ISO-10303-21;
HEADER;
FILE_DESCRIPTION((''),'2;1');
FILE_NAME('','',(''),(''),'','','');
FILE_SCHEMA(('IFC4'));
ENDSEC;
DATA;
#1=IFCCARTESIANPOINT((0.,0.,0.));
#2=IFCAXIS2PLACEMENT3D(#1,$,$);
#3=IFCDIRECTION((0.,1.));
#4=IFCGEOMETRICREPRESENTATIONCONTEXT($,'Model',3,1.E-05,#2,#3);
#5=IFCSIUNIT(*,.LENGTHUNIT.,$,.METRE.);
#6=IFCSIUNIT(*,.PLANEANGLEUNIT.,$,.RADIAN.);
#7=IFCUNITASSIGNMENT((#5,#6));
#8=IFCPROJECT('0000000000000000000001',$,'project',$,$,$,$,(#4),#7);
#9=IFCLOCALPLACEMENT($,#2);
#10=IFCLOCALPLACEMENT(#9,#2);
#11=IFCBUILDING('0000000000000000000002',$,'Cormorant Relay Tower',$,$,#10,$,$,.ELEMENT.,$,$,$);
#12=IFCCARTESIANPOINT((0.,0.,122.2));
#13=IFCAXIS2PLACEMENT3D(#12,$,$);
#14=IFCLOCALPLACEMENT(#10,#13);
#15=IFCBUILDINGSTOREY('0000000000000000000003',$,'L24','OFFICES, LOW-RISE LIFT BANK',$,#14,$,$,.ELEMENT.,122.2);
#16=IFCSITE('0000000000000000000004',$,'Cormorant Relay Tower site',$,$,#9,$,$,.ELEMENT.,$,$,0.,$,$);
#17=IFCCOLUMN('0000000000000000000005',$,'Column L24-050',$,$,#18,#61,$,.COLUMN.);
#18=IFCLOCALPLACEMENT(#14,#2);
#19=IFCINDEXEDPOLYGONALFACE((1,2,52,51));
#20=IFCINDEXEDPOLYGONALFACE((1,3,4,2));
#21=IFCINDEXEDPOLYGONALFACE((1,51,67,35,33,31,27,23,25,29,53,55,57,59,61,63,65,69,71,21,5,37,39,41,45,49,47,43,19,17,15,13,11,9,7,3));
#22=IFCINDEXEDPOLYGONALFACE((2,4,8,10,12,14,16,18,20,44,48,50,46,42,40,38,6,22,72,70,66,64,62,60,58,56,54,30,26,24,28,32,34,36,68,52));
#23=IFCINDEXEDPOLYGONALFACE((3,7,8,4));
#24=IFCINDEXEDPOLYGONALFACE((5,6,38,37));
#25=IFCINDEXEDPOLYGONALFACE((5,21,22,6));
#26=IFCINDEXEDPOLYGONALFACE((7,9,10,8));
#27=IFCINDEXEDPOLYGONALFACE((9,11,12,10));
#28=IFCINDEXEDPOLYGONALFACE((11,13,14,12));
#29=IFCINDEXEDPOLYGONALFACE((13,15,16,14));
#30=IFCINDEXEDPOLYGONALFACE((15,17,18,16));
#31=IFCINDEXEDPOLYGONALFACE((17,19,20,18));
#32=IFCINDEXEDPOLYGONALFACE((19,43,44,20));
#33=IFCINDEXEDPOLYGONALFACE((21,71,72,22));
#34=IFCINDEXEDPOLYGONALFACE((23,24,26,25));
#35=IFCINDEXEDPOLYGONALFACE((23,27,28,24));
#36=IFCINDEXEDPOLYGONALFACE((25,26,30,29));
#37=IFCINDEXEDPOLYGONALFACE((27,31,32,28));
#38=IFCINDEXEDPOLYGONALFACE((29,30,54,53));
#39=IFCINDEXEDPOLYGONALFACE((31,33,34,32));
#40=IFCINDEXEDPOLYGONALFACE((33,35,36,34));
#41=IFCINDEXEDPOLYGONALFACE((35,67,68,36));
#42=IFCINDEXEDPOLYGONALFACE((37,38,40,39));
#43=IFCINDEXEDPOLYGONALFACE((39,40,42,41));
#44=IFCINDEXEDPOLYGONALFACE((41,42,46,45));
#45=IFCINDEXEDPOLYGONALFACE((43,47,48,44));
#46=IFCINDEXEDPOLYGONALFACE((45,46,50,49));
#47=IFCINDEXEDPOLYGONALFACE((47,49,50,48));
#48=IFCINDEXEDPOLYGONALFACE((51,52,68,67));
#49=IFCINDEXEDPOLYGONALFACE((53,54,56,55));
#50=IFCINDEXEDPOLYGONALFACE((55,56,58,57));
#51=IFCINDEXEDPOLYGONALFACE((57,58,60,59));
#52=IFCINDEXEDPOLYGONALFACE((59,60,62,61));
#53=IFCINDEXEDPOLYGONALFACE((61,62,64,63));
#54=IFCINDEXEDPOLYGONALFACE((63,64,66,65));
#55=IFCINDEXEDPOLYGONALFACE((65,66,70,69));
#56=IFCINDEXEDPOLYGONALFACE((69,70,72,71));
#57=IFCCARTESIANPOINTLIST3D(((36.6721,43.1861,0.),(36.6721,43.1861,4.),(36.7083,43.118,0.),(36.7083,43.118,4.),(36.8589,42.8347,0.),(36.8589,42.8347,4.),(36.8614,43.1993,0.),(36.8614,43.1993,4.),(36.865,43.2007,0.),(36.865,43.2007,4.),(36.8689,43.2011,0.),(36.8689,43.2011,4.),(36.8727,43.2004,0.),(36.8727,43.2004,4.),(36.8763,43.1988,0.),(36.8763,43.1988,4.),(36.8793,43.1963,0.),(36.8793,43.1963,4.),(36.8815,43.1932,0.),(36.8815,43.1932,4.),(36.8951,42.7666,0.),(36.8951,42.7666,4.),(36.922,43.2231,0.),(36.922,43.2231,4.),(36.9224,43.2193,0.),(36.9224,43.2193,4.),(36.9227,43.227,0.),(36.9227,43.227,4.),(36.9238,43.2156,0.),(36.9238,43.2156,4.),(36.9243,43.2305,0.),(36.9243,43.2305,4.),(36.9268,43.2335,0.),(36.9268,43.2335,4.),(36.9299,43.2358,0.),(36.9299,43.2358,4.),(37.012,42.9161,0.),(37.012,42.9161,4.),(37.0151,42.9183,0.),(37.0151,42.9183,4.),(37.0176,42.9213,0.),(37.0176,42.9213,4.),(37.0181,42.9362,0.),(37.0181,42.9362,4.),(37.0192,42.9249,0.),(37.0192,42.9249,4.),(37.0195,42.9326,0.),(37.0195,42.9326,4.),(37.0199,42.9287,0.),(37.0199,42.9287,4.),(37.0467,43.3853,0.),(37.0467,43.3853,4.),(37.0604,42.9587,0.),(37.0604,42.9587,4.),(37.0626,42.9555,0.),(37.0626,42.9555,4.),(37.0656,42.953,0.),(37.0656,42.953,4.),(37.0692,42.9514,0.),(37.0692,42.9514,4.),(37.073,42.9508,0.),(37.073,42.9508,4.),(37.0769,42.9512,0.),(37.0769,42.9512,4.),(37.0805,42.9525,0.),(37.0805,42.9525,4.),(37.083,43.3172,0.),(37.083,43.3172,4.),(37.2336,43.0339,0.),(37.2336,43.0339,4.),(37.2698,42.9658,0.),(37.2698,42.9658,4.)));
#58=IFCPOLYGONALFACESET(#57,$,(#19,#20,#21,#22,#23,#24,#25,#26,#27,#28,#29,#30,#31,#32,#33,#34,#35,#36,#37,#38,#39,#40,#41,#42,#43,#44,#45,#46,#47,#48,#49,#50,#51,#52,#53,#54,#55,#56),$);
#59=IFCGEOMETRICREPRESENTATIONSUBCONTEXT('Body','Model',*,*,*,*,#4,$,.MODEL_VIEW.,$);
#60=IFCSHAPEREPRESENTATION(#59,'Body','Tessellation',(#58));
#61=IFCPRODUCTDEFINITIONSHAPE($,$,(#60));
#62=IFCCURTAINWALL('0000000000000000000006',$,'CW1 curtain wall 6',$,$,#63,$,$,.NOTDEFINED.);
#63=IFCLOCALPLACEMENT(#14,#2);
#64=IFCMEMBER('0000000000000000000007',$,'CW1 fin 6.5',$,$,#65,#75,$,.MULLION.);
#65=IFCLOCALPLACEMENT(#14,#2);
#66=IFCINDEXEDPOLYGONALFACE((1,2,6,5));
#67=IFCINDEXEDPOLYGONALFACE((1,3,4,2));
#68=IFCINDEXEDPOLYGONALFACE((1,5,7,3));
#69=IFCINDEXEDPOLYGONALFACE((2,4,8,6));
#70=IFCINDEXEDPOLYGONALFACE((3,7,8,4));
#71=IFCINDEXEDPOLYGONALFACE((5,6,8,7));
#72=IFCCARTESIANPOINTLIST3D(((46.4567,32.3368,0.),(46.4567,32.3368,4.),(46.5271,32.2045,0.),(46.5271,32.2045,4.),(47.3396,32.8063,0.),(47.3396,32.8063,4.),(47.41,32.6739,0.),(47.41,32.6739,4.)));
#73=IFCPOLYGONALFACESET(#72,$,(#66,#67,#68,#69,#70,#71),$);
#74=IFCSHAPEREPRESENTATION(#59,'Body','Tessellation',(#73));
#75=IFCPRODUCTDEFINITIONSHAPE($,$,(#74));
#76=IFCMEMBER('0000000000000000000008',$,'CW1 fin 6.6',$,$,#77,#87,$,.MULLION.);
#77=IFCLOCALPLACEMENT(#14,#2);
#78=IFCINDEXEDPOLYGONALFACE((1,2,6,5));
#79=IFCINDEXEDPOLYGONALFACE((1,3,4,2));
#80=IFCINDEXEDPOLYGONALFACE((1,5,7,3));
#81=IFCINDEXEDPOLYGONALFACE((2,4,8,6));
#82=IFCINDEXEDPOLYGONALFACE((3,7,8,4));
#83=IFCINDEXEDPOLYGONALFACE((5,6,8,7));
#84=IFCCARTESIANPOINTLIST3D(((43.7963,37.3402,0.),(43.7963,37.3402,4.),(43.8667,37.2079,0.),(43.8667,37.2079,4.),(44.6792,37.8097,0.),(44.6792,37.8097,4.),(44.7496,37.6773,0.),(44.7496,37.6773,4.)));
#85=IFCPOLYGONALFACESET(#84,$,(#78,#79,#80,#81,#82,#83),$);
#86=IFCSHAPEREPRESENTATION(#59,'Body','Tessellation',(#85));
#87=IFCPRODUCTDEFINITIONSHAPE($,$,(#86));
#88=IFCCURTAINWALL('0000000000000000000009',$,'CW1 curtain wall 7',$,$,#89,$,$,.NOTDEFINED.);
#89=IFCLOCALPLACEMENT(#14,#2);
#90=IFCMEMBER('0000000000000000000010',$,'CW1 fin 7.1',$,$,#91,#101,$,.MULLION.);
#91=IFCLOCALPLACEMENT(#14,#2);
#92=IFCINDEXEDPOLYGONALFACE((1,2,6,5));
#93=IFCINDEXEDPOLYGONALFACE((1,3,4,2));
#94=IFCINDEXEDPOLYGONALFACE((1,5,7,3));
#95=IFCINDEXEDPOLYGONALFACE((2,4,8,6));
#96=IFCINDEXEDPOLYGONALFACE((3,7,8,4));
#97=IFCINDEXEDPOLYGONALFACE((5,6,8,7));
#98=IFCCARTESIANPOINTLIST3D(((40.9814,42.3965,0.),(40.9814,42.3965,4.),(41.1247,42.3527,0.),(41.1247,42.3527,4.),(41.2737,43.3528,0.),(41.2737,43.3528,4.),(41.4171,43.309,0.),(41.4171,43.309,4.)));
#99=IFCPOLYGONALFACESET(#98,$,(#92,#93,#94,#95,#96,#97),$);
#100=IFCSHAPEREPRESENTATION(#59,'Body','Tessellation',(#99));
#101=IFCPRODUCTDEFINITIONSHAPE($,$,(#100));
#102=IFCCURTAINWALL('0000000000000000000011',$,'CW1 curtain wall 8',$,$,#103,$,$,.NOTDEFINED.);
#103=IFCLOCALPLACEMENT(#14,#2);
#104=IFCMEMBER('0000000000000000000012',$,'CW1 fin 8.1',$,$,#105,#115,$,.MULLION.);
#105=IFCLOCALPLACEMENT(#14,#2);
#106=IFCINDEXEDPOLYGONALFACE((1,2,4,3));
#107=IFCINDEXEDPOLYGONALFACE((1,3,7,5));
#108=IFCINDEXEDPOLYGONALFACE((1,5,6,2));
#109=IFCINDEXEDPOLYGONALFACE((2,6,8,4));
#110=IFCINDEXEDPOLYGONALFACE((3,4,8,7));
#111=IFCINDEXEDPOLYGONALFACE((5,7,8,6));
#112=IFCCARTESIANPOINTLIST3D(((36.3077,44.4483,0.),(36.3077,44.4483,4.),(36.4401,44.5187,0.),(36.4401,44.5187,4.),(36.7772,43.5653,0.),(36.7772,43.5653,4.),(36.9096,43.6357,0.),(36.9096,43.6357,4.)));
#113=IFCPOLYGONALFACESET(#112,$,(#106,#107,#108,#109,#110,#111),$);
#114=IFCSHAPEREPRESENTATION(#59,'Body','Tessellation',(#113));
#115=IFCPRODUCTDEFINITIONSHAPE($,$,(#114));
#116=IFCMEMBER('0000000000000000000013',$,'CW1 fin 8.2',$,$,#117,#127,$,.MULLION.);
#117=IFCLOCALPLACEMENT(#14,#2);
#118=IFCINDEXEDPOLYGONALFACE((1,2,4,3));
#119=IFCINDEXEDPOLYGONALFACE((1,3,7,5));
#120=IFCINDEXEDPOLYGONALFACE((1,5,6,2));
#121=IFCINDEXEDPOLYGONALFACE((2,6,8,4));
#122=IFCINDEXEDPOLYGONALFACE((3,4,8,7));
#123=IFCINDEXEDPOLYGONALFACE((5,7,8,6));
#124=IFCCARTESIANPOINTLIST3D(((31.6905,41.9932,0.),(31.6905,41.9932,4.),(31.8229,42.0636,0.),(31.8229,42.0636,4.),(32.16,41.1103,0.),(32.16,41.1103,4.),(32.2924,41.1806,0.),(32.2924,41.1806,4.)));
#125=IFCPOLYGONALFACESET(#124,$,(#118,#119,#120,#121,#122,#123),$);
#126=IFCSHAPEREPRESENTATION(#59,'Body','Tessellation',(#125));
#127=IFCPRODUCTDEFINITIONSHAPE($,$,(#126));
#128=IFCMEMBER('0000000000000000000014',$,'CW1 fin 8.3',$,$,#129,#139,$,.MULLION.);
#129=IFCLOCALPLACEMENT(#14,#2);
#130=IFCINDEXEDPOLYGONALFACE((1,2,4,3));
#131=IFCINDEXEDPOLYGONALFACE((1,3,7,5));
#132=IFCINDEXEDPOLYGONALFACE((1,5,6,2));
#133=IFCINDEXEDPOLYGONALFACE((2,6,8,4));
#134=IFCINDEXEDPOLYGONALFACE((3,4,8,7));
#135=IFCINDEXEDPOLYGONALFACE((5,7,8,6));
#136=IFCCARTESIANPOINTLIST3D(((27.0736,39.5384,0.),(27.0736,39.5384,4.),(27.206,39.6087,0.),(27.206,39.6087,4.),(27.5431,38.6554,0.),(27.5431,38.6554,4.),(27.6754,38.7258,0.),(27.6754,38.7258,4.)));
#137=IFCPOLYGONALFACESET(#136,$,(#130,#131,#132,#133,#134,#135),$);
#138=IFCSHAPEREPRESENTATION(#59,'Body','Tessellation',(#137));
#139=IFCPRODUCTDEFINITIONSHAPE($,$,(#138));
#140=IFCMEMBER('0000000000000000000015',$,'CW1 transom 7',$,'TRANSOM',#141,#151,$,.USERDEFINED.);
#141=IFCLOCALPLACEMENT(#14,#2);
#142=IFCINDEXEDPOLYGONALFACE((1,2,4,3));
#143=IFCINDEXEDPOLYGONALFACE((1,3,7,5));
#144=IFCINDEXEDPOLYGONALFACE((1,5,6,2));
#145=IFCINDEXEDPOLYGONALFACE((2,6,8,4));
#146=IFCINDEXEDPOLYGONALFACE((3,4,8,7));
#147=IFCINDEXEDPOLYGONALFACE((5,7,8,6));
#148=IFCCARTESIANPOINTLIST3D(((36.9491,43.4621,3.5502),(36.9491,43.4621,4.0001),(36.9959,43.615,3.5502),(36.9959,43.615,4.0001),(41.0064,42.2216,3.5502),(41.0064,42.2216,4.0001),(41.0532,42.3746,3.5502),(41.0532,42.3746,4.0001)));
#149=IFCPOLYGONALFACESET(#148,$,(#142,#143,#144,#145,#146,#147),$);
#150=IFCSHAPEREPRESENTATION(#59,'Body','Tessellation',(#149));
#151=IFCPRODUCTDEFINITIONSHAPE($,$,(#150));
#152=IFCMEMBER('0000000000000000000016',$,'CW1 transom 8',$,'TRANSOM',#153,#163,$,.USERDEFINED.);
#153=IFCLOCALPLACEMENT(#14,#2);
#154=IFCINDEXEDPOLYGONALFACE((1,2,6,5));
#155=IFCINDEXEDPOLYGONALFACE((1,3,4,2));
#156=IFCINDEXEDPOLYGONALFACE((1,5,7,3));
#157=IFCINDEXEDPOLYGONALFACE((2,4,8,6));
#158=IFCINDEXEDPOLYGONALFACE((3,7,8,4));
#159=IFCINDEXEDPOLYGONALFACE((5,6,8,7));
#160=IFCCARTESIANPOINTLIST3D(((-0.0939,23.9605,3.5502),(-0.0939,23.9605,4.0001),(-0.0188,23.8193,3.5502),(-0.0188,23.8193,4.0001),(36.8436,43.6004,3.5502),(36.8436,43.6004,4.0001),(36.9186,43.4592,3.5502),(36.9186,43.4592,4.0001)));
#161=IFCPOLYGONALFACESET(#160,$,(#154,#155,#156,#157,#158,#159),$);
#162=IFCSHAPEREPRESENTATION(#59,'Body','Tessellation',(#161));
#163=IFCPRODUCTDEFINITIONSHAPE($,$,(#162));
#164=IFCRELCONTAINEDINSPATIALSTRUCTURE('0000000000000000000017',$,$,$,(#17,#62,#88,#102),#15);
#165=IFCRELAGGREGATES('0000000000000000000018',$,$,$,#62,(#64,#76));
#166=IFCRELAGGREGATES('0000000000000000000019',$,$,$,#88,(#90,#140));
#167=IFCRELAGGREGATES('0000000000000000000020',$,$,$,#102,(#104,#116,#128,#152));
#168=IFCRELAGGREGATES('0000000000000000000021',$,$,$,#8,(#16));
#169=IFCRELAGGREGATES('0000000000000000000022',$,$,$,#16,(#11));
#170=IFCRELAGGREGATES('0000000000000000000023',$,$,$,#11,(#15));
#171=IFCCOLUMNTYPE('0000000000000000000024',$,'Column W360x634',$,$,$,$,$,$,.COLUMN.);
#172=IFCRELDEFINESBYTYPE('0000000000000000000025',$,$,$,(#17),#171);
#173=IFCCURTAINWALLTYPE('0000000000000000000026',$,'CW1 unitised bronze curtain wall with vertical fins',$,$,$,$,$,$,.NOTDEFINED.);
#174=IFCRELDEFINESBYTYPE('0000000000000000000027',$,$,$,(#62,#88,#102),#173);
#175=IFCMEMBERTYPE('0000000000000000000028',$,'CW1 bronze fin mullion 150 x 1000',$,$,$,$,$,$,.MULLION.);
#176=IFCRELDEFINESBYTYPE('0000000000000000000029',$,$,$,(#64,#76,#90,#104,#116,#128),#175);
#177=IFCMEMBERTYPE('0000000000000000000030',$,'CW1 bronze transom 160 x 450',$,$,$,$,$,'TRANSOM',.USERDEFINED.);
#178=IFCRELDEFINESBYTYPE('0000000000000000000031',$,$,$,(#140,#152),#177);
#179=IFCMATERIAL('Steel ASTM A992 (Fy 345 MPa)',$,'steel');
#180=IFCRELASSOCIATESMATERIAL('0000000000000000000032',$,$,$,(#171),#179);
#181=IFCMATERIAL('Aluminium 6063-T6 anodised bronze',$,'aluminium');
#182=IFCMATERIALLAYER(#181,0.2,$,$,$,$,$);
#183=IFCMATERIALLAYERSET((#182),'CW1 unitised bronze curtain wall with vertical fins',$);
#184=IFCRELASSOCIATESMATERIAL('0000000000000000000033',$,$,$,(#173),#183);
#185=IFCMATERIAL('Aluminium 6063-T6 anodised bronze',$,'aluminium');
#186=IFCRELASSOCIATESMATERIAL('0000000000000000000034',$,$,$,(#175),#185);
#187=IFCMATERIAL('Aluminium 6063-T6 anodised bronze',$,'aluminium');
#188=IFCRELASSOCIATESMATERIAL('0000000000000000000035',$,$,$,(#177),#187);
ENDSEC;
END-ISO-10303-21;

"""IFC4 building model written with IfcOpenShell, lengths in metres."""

from ifc_helpers import new_model, si_unit, direction, frame, origin, origin_2d, place, context, subcontext, project, spatial, rectangle, i_section, extrude, material, layer, layer_set, material_profile, profile_set, type_object, element, aggregate, save


model = new_model("IFC4")

# Units and contexts
model_context = context("Model", 3, precision=1e-05, world=origin(), true_north=direction((0.0, 1.0)))
body_context = subcontext(model_context, "Body", "Model", "MODEL_VIEW")
ifc_project = project(units=[si_unit("LENGTHUNIT", "METRE"), si_unit("PLANEANGLEUNIT", "RADIAN")], contexts=[model_context])

# Site, building, storey
site_placement = place(None, origin())
site = spatial("IfcSite", under=ifc_project, at=site_placement, Name="Cormorant Relay Tower site", CompositionType="ELEMENT", RefElevation=0.0)
building_placement = place(site_placement, origin())
building = spatial("IfcBuilding", under=site, at=building_placement, Name="Cormorant Relay Tower", CompositionType="ELEMENT")
storey_placement = place(building_placement, frame((0.0, 0.0, 122.2)))
storey = spatial("IfcBuildingStorey", under=building, at=storey_placement, Name="L24", Description="OFFICES, LOW-RISE LIFT BANK", CompositionType="ELEMENT", Elevation=122.2)

# Column
ifc_material_1 = material(Name="Steel ASTM A992 (Fy 345 MPa)", Category="steel")
ifc_material_profile_1 = material_profile(ifc_material_1, i_section(OverallWidth=0.4243, OverallDepth=0.4751, WebThickness=0.0479, FlangeThickness=0.0771, FilletRadius=0.0149, at=origin_2d()), Name="W360x634")
ifc_profile_set_1 = profile_set([ifc_material_profile_1], Name="Steel ASTM A992 (Fy 345 MPa)")
column_type_1 = type_object("IfcColumnType", Name="Column W360x634", PredefinedType="COLUMN", material=ifc_profile_set_1)
for number, where, z_axis, x_axis, name in (
    (1, (36.9709, 43.0759, 0.0), (0.0, 0.0, 1.0), (-0.882948, -0.469472, 0.0), "Column L24-050"),
):
    element("IfcColumn", number, at=place(storey_placement, frame(where, z_axis=z_axis, x_axis=x_axis)), inside=storey, type_object=column_type_1, Name=name, PredefinedType="COLUMN", context=body_context, shape_type="SweptSolid", body=[
        extrude(i_section(OverallWidth=0.4243, OverallDepth=0.4751, WebThickness=0.0479, FlangeThickness=0.0771, FilletRadius=0.0149, at=origin_2d()), origin(), (0.0, 0.0, 1.0), 4.0),
    ])

# Curtain wall, members
ifc_material_2 = material(Name="Aluminium 6063-T6 anodised bronze", Category="aluminium")
ifc_layer_1 = layer(ifc_material_2, 0.2)
ifc_layer_set_1 = layer_set([ifc_layer_1], Name="CW1 unitised bronze curtain wall with vertical fins")
curtain_wall_type = type_object("IfcCurtainWallType", Name="CW1 unitised bronze curtain wall with vertical fins", PredefinedType="NOTDEFINED", material=ifc_layer_set_1)
curtain_wall_1_placement = place(storey_placement, origin())
curtain_wall_1 = element("IfcCurtainWall", 2, at=curtain_wall_1_placement, inside=storey, type_object=curtain_wall_type, Name="CW1 curtain wall 6", PredefinedType="NOTDEFINED")
ifc_material_3 = material(Name="Aluminium 6063-T6 anodised bronze", Category="aluminium")
ifc_material_profile_2 = material_profile(ifc_material_3, rectangle(XDim=0.1499, YDim=1.0, at=origin_2d()), Name="AL 150x1000")
ifc_profile_set_2 = profile_set([ifc_material_profile_2], Name="Aluminium 6063-T6 anodised bronze")
member_type_1 = type_object("IfcMemberType", Name="CW1 bronze fin mullion 150 x 1000", PredefinedType="MULLION", material=ifc_profile_set_2)
member_1_placement = place(storey_placement, frame((46.9333, 32.5054, 0.0), z_axis=(0.0, 0.0, 1.0), x_axis=(-0.469472, 0.882948, 0.0)))
member_1 = element("IfcMember", 3, at=member_1_placement, type_object=member_type_1, Name="CW1 fin 6.5", PredefinedType="MULLION", context=body_context, shape_type="SweptSolid", body=[
    extrude(rectangle(XDim=0.1499, YDim=1.0, at=origin_2d()), origin(), (0.0, 0.0, 1.0), 4.0),
])
member_2_placement = place(storey_placement, frame((44.2729, 37.5088, 0.0), z_axis=(0.0, 0.0, 1.0), x_axis=(-0.469472, 0.882948, 0.0)))
member_2 = element("IfcMember", 4, at=member_2_placement, type_object=member_type_1, Name="CW1 fin 6.6", PredefinedType="MULLION", context=body_context, shape_type="SweptSolid", body=[
    extrude(rectangle(XDim=0.1499, YDim=1.0, at=origin_2d()), origin(), (0.0, 0.0, 1.0), 4.0),
])

# Curtain wall, member
curtain_wall_2_placement = place(storey_placement, origin())
curtain_wall_2 = element("IfcCurtainWall", 5, at=curtain_wall_2_placement, inside=storey, type_object=curtain_wall_type, Name="CW1 curtain wall 7", PredefinedType="NOTDEFINED")
member_3_placement = place(storey_placement, frame((41.1992, 42.8528, 0.0), z_axis=(0.0, 0.0, 1.0), x_axis=(-0.956305, 0.292372, 0.0)))
member_3 = element("IfcMember", 6, at=member_3_placement, type_object=member_type_1, Name="CW1 fin 7.1", PredefinedType="MULLION", context=body_context, shape_type="SweptSolid", body=[
    extrude(rectangle(XDim=0.1499, YDim=1.0, at=origin_2d()), origin(), (0.0, 0.0, 1.0), 4.0),
])

# Curtain wall, members
curtain_wall_3_placement = place(storey_placement, origin())
curtain_wall_3 = element("IfcCurtainWall", 7, at=curtain_wall_3_placement, inside=storey, type_object=curtain_wall_type, Name="CW1 curtain wall 8", PredefinedType="NOTDEFINED")
member_4_placement = place(storey_placement, frame((36.6086, 44.042, 0.0), z_axis=(0.0, 0.0, 1.0), x_axis=(-0.882948, -0.469472, 0.0)))
member_4 = element("IfcMember", 8, at=member_4_placement, type_object=member_type_1, Name="CW1 fin 8.1", PredefinedType="MULLION", context=body_context, shape_type="SweptSolid", body=[
    extrude(rectangle(XDim=0.1499, YDim=1.0, at=origin_2d()), origin(), (0.0, 0.0, 1.0), 4.0),
])
member_5_placement = place(storey_placement, frame((31.9915, 41.5869, 0.0), z_axis=(0.0, 0.0, 1.0), x_axis=(-0.882948, -0.469472, 0.0)))
member_5 = element("IfcMember", 9, at=member_5_placement, type_object=member_type_1, Name="CW1 fin 8.2", PredefinedType="MULLION", context=body_context, shape_type="SweptSolid", body=[
    extrude(rectangle(XDim=0.1499, YDim=1.0, at=origin_2d()), origin(), (0.0, 0.0, 1.0), 4.0),
])
member_6_placement = place(storey_placement, frame((27.3745, 39.1321, 0.0), z_axis=(0.0, 0.0, 1.0), x_axis=(-0.882948, -0.469472, 0.0)))
member_6 = element("IfcMember", 10, at=member_6_placement, type_object=member_type_1, Name="CW1 fin 8.3", PredefinedType="MULLION", context=body_context, shape_type="SweptSolid", body=[
    extrude(rectangle(XDim=0.1499, YDim=1.0, at=origin_2d()), origin(), (0.0, 0.0, 1.0), 4.0),
])

# Members
ifc_material_4 = material(Name="Aluminium 6063-T6 anodised bronze", Category="aluminium")
ifc_material_profile_3 = material_profile(ifc_material_4, rectangle(XDim=0.1599, YDim=0.45, at=origin_2d()), Name="AL 160x450")
ifc_profile_set_3 = profile_set([ifc_material_profile_3], Name="Aluminium 6063-T6 anodised bronze")
member_type_2 = type_object("IfcMemberType", Name="CW1 bronze transom 160 x 450", ElementType="TRANSOM", PredefinedType="USERDEFINED", material=ifc_profile_set_3)
member_7_placement = place(storey_placement, frame((41.0298, 42.2981, 3.7751), z_axis=(-0.956304, 0.292375, 0.0), x_axis=(-0.292375, -0.956304, 0.0)))
member_7 = element("IfcMember", 11, at=member_7_placement, type_object=member_type_2, Name="CW1 transom 7", ObjectType="TRANSOM", PredefinedType="USERDEFINED", context=body_context, shape_type="SweptSolid", body=[
    extrude(rectangle(XDim=0.1599, YDim=0.45, at=origin_2d()), origin(), (0.0, 0.0, 1.0), 4.2427),
])
member_8_placement = place(storey_placement, frame((36.8811, 43.5298, 3.7751), z_axis=(-0.882949, -0.469469, 0.0), x_axis=(0.469469, -0.882949, 0.0)))
member_8 = element("IfcMember", 12, at=member_8_placement, type_object=member_type_2, Name="CW1 transom 8", ObjectType="TRANSOM", PredefinedType="USERDEFINED", context=body_context, shape_type="SweptSolid", body=[
    extrude(rectangle(XDim=0.1599, YDim=0.45, at=origin_2d()), origin(), (0.0, 0.0, 1.0), 41.8342),
])

aggregate(curtain_wall_1, [member_1, member_2])
aggregate(curtain_wall_2, [member_3, member_7])
aggregate(curtain_wall_3, [member_4, member_5, member_6, member_8])

save(model, "model.ifc")
